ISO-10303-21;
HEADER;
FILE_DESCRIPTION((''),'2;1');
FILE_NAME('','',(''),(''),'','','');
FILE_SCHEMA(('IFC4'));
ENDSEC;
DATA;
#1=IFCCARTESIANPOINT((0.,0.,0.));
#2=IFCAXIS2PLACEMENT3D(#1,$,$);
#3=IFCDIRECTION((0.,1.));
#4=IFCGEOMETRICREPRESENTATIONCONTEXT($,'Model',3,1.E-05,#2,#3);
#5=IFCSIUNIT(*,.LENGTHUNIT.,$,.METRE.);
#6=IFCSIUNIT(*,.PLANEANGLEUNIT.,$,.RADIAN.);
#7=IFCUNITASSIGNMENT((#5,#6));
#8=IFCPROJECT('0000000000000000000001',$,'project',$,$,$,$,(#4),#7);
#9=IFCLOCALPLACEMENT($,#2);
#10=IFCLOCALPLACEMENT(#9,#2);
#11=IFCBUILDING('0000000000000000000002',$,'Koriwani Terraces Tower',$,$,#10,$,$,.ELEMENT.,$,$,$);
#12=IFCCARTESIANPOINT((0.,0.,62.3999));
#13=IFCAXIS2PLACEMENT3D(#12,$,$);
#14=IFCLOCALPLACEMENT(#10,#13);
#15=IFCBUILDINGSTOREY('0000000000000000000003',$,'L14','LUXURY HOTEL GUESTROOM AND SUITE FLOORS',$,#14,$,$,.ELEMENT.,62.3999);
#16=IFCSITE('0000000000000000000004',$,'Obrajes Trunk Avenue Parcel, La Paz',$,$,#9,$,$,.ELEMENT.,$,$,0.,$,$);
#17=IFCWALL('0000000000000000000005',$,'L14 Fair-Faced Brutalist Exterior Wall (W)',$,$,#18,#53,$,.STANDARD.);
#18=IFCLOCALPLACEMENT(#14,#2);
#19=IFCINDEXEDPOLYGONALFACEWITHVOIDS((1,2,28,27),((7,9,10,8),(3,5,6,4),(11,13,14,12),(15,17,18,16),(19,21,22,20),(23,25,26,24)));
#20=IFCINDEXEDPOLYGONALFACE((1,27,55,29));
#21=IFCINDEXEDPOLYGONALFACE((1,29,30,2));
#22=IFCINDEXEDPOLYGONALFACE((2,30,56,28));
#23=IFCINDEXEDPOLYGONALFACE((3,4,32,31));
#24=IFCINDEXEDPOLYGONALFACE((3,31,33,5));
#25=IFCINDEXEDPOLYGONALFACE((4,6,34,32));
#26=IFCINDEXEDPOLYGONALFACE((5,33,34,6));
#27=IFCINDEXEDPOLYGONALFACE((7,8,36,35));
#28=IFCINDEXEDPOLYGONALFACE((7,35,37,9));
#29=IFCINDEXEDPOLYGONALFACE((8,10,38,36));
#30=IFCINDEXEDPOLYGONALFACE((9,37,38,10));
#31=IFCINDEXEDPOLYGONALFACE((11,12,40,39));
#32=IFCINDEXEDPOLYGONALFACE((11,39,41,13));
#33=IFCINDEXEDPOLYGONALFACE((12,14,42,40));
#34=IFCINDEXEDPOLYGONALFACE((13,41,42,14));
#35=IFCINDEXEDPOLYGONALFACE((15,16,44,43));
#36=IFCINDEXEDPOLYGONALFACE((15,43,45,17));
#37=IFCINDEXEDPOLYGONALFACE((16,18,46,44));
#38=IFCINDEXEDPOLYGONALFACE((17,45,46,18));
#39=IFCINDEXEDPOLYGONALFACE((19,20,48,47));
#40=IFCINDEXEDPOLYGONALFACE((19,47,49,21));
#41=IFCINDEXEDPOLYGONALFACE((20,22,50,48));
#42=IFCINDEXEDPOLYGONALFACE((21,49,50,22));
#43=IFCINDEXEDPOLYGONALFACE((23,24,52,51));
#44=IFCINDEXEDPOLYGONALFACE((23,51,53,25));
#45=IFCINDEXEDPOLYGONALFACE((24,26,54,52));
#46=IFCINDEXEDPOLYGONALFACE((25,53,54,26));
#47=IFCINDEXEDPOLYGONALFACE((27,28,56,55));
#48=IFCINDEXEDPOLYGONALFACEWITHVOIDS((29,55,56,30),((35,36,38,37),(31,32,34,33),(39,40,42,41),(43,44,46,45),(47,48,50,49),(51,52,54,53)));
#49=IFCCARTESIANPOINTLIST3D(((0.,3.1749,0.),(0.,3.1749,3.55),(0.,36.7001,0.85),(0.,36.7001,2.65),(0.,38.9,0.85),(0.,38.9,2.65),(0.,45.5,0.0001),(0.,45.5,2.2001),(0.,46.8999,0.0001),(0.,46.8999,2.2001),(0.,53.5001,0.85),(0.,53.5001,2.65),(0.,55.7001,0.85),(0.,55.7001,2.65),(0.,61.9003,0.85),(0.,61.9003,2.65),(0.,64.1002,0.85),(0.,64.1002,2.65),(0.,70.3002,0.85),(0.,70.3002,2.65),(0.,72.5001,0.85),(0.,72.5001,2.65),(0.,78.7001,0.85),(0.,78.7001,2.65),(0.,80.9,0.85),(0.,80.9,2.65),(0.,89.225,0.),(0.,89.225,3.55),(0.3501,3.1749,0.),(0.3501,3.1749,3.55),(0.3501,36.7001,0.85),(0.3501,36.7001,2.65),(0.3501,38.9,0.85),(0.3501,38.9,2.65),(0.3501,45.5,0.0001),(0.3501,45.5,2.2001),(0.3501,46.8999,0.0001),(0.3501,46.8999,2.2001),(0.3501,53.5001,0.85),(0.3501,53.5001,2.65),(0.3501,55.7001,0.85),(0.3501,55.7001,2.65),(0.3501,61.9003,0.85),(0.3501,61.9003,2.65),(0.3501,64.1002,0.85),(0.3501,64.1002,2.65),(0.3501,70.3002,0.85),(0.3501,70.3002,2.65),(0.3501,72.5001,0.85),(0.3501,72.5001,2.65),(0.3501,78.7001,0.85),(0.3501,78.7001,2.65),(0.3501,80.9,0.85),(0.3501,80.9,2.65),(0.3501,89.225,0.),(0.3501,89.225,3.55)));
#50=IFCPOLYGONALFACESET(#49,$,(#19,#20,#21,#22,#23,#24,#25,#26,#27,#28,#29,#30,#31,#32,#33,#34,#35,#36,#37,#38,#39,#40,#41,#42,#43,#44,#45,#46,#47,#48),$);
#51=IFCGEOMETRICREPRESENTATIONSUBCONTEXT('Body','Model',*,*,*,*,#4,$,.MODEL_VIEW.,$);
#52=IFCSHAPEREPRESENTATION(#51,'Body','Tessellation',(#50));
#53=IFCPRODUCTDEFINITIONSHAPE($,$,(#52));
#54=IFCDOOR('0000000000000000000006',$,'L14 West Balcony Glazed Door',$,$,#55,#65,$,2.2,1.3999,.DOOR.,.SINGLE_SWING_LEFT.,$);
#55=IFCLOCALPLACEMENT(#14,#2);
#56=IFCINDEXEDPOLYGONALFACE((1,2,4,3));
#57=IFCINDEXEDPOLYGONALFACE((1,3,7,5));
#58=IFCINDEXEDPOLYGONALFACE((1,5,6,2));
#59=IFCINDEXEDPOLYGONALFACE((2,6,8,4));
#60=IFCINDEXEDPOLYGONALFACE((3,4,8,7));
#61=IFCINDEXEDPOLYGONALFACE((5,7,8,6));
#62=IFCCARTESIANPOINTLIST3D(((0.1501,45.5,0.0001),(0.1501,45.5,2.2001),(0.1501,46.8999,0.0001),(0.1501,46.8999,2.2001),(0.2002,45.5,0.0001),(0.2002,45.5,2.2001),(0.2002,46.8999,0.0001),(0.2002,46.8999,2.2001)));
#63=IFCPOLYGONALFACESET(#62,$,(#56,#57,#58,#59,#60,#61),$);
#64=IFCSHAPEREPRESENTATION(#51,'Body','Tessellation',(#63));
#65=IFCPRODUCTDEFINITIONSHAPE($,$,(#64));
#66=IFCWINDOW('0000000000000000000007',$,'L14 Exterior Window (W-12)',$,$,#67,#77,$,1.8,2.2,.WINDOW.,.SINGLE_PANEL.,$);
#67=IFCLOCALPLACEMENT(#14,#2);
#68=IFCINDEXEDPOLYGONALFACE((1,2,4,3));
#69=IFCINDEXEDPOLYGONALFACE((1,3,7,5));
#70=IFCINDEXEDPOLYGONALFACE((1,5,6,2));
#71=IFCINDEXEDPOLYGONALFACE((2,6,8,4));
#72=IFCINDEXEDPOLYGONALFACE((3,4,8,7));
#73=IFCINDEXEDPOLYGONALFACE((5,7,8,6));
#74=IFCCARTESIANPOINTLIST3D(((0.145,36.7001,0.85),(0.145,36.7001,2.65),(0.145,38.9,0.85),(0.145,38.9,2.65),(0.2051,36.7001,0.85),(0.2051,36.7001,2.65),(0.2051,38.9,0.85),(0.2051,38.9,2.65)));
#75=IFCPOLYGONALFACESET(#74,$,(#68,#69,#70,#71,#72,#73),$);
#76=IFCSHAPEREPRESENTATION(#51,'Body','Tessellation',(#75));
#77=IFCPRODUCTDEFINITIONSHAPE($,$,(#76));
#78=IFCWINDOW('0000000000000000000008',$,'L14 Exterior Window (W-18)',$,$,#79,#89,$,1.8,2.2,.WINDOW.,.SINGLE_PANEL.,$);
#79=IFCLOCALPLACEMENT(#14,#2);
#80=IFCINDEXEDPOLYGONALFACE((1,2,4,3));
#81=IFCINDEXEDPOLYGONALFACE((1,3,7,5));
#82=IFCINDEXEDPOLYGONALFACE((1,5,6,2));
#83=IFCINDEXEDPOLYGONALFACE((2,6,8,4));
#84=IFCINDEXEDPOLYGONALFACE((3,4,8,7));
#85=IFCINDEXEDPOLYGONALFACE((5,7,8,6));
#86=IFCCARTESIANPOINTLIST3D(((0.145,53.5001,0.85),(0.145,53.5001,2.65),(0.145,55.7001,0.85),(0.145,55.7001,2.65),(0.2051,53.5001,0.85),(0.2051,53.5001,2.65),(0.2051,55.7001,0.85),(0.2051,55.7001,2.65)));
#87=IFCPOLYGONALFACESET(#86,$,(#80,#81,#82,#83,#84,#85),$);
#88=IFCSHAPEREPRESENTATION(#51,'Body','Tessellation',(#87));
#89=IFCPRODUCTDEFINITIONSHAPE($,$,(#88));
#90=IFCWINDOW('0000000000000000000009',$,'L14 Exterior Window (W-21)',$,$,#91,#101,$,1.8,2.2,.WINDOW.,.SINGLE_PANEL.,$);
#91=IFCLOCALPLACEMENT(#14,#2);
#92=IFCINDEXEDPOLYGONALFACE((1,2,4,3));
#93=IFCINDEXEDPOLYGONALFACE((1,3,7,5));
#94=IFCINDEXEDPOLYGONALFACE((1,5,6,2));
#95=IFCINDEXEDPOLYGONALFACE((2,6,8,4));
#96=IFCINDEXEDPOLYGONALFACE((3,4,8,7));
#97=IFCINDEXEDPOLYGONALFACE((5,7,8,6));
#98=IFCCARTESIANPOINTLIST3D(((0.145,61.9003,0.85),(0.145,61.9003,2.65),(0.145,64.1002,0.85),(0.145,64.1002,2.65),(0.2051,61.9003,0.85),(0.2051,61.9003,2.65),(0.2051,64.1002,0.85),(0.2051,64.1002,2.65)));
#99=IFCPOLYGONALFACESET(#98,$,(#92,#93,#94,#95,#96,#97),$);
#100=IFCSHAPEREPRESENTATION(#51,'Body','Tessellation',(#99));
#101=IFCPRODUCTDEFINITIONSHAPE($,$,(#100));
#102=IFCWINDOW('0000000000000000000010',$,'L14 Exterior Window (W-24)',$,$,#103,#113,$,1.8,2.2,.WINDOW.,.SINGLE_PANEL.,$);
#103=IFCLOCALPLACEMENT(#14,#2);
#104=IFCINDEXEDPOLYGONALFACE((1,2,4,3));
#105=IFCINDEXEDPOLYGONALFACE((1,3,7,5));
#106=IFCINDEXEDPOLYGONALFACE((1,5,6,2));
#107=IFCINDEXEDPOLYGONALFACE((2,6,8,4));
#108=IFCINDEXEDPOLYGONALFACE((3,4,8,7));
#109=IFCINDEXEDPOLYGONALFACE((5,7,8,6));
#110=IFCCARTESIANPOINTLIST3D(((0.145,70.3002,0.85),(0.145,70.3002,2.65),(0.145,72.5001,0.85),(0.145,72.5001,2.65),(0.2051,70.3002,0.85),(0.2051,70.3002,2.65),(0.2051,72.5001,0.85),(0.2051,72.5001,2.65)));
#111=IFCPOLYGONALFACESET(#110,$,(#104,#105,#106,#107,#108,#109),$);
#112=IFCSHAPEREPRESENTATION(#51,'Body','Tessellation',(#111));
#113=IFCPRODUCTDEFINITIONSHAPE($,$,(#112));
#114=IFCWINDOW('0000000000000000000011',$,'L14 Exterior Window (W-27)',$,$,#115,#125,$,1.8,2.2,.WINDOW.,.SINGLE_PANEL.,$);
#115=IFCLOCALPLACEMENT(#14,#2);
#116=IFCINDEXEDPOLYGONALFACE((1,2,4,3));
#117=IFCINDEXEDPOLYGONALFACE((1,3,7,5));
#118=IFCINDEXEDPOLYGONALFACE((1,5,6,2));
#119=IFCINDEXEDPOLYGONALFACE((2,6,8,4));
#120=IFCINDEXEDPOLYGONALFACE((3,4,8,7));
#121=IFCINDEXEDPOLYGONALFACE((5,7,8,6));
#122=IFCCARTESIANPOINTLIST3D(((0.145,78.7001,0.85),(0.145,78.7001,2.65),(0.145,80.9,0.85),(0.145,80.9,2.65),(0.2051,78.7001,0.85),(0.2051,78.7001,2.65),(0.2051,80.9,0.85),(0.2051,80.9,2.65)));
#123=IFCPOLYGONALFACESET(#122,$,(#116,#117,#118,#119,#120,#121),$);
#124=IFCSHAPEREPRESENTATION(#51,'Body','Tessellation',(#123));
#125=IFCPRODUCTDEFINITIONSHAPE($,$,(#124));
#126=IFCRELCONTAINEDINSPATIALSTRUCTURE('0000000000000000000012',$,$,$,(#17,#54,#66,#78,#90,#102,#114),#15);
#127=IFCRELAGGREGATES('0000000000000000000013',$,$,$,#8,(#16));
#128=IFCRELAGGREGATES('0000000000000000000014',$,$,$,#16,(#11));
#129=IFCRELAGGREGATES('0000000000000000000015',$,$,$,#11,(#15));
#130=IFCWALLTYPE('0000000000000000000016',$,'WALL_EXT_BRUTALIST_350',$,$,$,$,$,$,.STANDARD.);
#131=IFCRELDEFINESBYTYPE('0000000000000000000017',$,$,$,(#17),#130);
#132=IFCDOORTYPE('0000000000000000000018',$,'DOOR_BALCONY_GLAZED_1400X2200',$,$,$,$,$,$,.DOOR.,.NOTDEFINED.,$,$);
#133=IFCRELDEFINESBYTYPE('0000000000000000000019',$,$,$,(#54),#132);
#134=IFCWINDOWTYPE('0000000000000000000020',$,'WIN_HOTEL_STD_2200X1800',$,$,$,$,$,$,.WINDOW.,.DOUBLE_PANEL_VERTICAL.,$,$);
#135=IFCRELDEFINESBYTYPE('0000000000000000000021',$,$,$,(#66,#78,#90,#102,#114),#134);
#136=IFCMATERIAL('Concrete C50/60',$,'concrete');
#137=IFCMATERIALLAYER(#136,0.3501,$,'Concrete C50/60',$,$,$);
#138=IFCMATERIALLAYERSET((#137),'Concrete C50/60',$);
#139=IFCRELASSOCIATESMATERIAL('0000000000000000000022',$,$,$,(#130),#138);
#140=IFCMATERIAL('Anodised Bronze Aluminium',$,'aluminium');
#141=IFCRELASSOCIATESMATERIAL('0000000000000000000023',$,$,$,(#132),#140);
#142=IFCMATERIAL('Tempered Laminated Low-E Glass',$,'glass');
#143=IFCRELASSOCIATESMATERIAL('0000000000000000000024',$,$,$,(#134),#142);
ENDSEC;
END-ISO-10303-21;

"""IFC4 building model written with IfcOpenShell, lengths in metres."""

from ifc_helpers import new_model, si_unit, direction, frame, frame_2d, origin, place, context, subcontext, project, spatial, rectangle, extrude, material, layer, layer_set, type_object, element, fill, save


model = new_model("IFC4")

# Units and contexts
model_context = context("Model", 3, precision=1e-05, world=origin(), true_north=direction((0.0, 1.0)))
body_context = subcontext(model_context, "Body", "Model", "MODEL_VIEW")
ifc_project = project(units=[si_unit("LENGTHUNIT", "METRE"), si_unit("PLANEANGLEUNIT", "RADIAN")], contexts=[model_context])

# Site, building, storey
site_placement = place(None, origin())
site = spatial("IfcSite", under=ifc_project, at=site_placement, Name="Obrajes Trunk Avenue Parcel, La Paz", CompositionType="ELEMENT", RefElevation=0.0)
building_placement = place(site_placement, origin())
building = spatial("IfcBuilding", under=site, at=building_placement, Name="Koriwani Terraces Tower", CompositionType="ELEMENT")
storey_placement = place(building_placement, frame((0.0, 0.0, 62.3999)))
storey = spatial("IfcBuildingStorey", under=building, at=storey_placement, Name="L14", Description="LUXURY HOTEL GUESTROOM AND SUITE FLOORS", CompositionType="ELEMENT", Elevation=62.3999)

# Shared definitions
ifc_material_1 = material(Name="Concrete C50/60", Category="concrete")

# Shared definitions
ifc_layer_1 = layer(ifc_material_1, 0.3501, Name="Concrete C50/60")
ifc_layer_set_1 = layer_set([ifc_layer_1], Name="Concrete C50/60")
wall_type_1 = type_object("IfcWallType", Name="WALL_EXT_BRUTALIST_350", PredefinedType="STANDARD", material=ifc_layer_set_1)

# Wall, openings, door, windows
wall_1_placement = place(storey_placement, frame((0.175, 3.175, 0.0), z_axis=(0.0, 0.0, 1.0), x_axis=(0.0, 1.0, 0.0)))
wall_1 = element("IfcWall", 1, at=wall_1_placement, inside=storey, type_object=wall_type_1, Name="L14 Fair-Faced Brutalist Exterior Wall (W)", PredefinedType="STANDARD", context=body_context, shape_type="SweptSolid", body=[
    extrude(rectangle(XDim=86.05, YDim=0.3501, at=frame_2d((43.0249, 0.0))), origin(), (0.0, 0.0, 1.0), 3.55),
])
opening_1_placement = place(wall_1_placement, frame((42.325, 0.0, 0.0)))
opening_1 = element("IfcOpeningElement", 2, at=opening_1_placement, cuts=wall_1, PredefinedType="OPENING", context=body_context, shape_type="SweptSolid", body=[
    extrude(rectangle(XDim=1.3999, YDim=2.2, at=frame_2d((0.7, 1.1001))), frame((0.0, 0.1851, 0.0), z_axis=(0.0, -1.0, 0.0), x_axis=(1.0, 0.0, 0.0)), (0.0, 0.0, 1.0), 0.3701),
])
opening_2_placement = place(wall_1_placement, frame((33.5249, 0.0, 0.8501)))
opening_2 = element("IfcOpeningElement", 3, at=opening_2_placement, cuts=wall_1, PredefinedType="OPENING", context=body_context, shape_type="SweptSolid", body=[
    extrude(rectangle(XDim=2.2, YDim=1.8, at=frame_2d((1.1001, 0.8999))), frame((0.0, 0.1851, 0.0), z_axis=(0.0, -1.0, 0.0), x_axis=(1.0, 0.0, 0.0)), (0.0, 0.0, 1.0), 0.3701),
])
opening_3_placement = place(wall_1_placement, frame((50.325, 0.0, 0.8501)))
opening_3 = element("IfcOpeningElement", 4, at=opening_3_placement, cuts=wall_1, PredefinedType="OPENING", context=body_context, shape_type="SweptSolid", body=[
    extrude(rectangle(XDim=2.2, YDim=1.8, at=frame_2d((1.1001, 0.8999))), frame((0.0, 0.1851, 0.0), z_axis=(0.0, -1.0, 0.0), x_axis=(1.0, 0.0, 0.0)), (0.0, 0.0, 1.0), 0.3701),
])
opening_4_placement = place(wall_1_placement, frame((58.7251, 0.0, 0.8501)))
opening_4 = element("IfcOpeningElement", 5, at=opening_4_placement, cuts=wall_1, PredefinedType="OPENING", context=body_context, shape_type="SweptSolid", body=[
    extrude(rectangle(XDim=2.2, YDim=1.8, at=frame_2d((1.1001, 0.8999))), frame((0.0, 0.1851, 0.0), z_axis=(0.0, -1.0, 0.0), x_axis=(1.0, 0.0, 0.0)), (0.0, 0.0, 1.0), 0.3701),
])
opening_5_placement = place(wall_1_placement, frame((67.125, 0.0, 0.8501)))
opening_5 = element("IfcOpeningElement", 6, at=opening_5_placement, cuts=wall_1, PredefinedType="OPENING", context=body_context, shape_type="SweptSolid", body=[
    extrude(rectangle(XDim=2.2, YDim=1.8, at=frame_2d((1.1001, 0.8999))), frame((0.0, 0.1851, 0.0), z_axis=(0.0, -1.0, 0.0), x_axis=(1.0, 0.0, 0.0)), (0.0, 0.0, 1.0), 0.3701),
])
opening_6_placement = place(wall_1_placement, frame((75.5249, 0.0, 0.8501)))
opening_6 = element("IfcOpeningElement", 7, at=opening_6_placement, cuts=wall_1, PredefinedType="OPENING", context=body_context, shape_type="SweptSolid", body=[
    extrude(rectangle(XDim=2.2, YDim=1.8, at=frame_2d((1.1001, 0.8999))), frame((0.0, 0.1851, 0.0), z_axis=(0.0, -1.0, 0.0), x_axis=(1.0, 0.0, 0.0)), (0.0, 0.0, 1.0), 0.3701),
])
ifc_material_2 = material(Name="Anodised Bronze Aluminium", Category="aluminium")
door_type = type_object("IfcDoorType", Name="DOOR_BALCONY_GLAZED_1400X2200", OperationType="NOTDEFINED", PredefinedType="DOOR", material=ifc_material_2)
door_placement = place(opening_1_placement, origin())
door = element("IfcDoor", 8, at=door_placement, inside=storey, type_object=door_type, Name="L14 West Balcony Glazed Door", OperationType="SINGLE_SWING_LEFT", OverallHeight=2.2, OverallWidth=1.3999, PredefinedType="DOOR", context=body_context, shape_type="SweptSolid", body=[
    extrude(rectangle(XDim=1.3999, YDim=2.2, at=frame_2d((0.7, 1.1001))), frame((0.0, 0.0249, 0.0), z_axis=(0.0, -1.0, 0.0), x_axis=(1.0, 0.0, 0.0)), (0.0, 0.0, 1.0), 0.05),
])
fill(opening_1, door)
ifc_material_3 = material(Name="Tempered Laminated Low-E Glass", Category="glass")
window_type = type_object("IfcWindowType", Name="WIN_HOTEL_STD_2200X1800", PartitioningType="DOUBLE_PANEL_VERTICAL", PredefinedType="WINDOW", material=ifc_material_3)
window_1_placement = place(opening_2_placement, origin())
window_1 = element("IfcWindow", 9, at=window_1_placement, inside=storey, type_object=window_type, Name="L14 Exterior Window (W-12)", OverallHeight=1.8, OverallWidth=2.2, PartitioningType="SINGLE_PANEL", PredefinedType="WINDOW", context=body_context, shape_type="SweptSolid", body=[
    extrude(rectangle(XDim=2.2, YDim=1.8, at=frame_2d((1.1001, 0.8999))), frame((0.0, 0.03, 0.0), z_axis=(0.0, -1.0, 0.0), x_axis=(1.0, 0.0, 0.0)), (0.0, 0.0, 1.0), 0.0601),
])
fill(opening_2, window_1)
window_2_placement = place(opening_3_placement, origin())
window_2 = element("IfcWindow", 10, at=window_2_placement, inside=storey, type_object=window_type, Name="L14 Exterior Window (W-18)", OverallHeight=1.8, OverallWidth=2.2, PartitioningType="SINGLE_PANEL", PredefinedType="WINDOW", context=body_context, shape_type="SweptSolid", body=[
    extrude(rectangle(XDim=2.2, YDim=1.8, at=frame_2d((1.1001, 0.8999))), frame((0.0, 0.03, 0.0), z_axis=(0.0, -1.0, 0.0), x_axis=(1.0, 0.0, 0.0)), (0.0, 0.0, 1.0), 0.0601),
])
fill(opening_3, window_2)
window_3_placement = place(opening_4_placement, origin())
window_3 = element("IfcWindow", 11, at=window_3_placement, inside=storey, type_object=window_type, Name="L14 Exterior Window (W-21)", OverallHeight=1.8, OverallWidth=2.2, PartitioningType="SINGLE_PANEL", PredefinedType="WINDOW", context=body_context, shape_type="SweptSolid", body=[
    extrude(rectangle(XDim=2.2, YDim=1.8, at=frame_2d((1.1001, 0.8999))), frame((0.0, 0.03, 0.0), z_axis=(0.0, -1.0, 0.0), x_axis=(1.0, 0.0, 0.0)), (0.0, 0.0, 1.0), 0.0601),
])
fill(opening_4, window_3)
window_4_placement = place(opening_5_placement, origin())
window_4 = element("IfcWindow", 12, at=window_4_placement, inside=storey, type_object=window_type, Name="L14 Exterior Window (W-24)", OverallHeight=1.8, OverallWidth=2.2, PartitioningType="SINGLE_PANEL", PredefinedType="WINDOW", context=body_context, shape_type="SweptSolid", body=[
    extrude(rectangle(XDim=2.2, YDim=1.8, at=frame_2d((1.1001, 0.8999))), frame((0.0, 0.03, 0.0), z_axis=(0.0, -1.0, 0.0), x_axis=(1.0, 0.0, 0.0)), (0.0, 0.0, 1.0), 0.0601),
])
fill(opening_5, window_4)
window_5_placement = place(opening_6_placement, origin())
window_5 = element("IfcWindow", 13, at=window_5_placement, inside=storey, type_object=window_type, Name="L14 Exterior Window (W-27)", OverallHeight=1.8, OverallWidth=2.2, PartitioningType="SINGLE_PANEL", PredefinedType="WINDOW", context=body_context, shape_type="SweptSolid", body=[
    extrude(rectangle(XDim=2.2, YDim=1.8, at=frame_2d((1.1001, 0.8999))), frame((0.0, 0.03, 0.0), z_axis=(0.0, -1.0, 0.0), x_axis=(1.0, 0.0, 0.0)), (0.0, 0.0, 1.0), 0.0601),
])
fill(opening_6, window_5)

save(model, "model.ifc")
